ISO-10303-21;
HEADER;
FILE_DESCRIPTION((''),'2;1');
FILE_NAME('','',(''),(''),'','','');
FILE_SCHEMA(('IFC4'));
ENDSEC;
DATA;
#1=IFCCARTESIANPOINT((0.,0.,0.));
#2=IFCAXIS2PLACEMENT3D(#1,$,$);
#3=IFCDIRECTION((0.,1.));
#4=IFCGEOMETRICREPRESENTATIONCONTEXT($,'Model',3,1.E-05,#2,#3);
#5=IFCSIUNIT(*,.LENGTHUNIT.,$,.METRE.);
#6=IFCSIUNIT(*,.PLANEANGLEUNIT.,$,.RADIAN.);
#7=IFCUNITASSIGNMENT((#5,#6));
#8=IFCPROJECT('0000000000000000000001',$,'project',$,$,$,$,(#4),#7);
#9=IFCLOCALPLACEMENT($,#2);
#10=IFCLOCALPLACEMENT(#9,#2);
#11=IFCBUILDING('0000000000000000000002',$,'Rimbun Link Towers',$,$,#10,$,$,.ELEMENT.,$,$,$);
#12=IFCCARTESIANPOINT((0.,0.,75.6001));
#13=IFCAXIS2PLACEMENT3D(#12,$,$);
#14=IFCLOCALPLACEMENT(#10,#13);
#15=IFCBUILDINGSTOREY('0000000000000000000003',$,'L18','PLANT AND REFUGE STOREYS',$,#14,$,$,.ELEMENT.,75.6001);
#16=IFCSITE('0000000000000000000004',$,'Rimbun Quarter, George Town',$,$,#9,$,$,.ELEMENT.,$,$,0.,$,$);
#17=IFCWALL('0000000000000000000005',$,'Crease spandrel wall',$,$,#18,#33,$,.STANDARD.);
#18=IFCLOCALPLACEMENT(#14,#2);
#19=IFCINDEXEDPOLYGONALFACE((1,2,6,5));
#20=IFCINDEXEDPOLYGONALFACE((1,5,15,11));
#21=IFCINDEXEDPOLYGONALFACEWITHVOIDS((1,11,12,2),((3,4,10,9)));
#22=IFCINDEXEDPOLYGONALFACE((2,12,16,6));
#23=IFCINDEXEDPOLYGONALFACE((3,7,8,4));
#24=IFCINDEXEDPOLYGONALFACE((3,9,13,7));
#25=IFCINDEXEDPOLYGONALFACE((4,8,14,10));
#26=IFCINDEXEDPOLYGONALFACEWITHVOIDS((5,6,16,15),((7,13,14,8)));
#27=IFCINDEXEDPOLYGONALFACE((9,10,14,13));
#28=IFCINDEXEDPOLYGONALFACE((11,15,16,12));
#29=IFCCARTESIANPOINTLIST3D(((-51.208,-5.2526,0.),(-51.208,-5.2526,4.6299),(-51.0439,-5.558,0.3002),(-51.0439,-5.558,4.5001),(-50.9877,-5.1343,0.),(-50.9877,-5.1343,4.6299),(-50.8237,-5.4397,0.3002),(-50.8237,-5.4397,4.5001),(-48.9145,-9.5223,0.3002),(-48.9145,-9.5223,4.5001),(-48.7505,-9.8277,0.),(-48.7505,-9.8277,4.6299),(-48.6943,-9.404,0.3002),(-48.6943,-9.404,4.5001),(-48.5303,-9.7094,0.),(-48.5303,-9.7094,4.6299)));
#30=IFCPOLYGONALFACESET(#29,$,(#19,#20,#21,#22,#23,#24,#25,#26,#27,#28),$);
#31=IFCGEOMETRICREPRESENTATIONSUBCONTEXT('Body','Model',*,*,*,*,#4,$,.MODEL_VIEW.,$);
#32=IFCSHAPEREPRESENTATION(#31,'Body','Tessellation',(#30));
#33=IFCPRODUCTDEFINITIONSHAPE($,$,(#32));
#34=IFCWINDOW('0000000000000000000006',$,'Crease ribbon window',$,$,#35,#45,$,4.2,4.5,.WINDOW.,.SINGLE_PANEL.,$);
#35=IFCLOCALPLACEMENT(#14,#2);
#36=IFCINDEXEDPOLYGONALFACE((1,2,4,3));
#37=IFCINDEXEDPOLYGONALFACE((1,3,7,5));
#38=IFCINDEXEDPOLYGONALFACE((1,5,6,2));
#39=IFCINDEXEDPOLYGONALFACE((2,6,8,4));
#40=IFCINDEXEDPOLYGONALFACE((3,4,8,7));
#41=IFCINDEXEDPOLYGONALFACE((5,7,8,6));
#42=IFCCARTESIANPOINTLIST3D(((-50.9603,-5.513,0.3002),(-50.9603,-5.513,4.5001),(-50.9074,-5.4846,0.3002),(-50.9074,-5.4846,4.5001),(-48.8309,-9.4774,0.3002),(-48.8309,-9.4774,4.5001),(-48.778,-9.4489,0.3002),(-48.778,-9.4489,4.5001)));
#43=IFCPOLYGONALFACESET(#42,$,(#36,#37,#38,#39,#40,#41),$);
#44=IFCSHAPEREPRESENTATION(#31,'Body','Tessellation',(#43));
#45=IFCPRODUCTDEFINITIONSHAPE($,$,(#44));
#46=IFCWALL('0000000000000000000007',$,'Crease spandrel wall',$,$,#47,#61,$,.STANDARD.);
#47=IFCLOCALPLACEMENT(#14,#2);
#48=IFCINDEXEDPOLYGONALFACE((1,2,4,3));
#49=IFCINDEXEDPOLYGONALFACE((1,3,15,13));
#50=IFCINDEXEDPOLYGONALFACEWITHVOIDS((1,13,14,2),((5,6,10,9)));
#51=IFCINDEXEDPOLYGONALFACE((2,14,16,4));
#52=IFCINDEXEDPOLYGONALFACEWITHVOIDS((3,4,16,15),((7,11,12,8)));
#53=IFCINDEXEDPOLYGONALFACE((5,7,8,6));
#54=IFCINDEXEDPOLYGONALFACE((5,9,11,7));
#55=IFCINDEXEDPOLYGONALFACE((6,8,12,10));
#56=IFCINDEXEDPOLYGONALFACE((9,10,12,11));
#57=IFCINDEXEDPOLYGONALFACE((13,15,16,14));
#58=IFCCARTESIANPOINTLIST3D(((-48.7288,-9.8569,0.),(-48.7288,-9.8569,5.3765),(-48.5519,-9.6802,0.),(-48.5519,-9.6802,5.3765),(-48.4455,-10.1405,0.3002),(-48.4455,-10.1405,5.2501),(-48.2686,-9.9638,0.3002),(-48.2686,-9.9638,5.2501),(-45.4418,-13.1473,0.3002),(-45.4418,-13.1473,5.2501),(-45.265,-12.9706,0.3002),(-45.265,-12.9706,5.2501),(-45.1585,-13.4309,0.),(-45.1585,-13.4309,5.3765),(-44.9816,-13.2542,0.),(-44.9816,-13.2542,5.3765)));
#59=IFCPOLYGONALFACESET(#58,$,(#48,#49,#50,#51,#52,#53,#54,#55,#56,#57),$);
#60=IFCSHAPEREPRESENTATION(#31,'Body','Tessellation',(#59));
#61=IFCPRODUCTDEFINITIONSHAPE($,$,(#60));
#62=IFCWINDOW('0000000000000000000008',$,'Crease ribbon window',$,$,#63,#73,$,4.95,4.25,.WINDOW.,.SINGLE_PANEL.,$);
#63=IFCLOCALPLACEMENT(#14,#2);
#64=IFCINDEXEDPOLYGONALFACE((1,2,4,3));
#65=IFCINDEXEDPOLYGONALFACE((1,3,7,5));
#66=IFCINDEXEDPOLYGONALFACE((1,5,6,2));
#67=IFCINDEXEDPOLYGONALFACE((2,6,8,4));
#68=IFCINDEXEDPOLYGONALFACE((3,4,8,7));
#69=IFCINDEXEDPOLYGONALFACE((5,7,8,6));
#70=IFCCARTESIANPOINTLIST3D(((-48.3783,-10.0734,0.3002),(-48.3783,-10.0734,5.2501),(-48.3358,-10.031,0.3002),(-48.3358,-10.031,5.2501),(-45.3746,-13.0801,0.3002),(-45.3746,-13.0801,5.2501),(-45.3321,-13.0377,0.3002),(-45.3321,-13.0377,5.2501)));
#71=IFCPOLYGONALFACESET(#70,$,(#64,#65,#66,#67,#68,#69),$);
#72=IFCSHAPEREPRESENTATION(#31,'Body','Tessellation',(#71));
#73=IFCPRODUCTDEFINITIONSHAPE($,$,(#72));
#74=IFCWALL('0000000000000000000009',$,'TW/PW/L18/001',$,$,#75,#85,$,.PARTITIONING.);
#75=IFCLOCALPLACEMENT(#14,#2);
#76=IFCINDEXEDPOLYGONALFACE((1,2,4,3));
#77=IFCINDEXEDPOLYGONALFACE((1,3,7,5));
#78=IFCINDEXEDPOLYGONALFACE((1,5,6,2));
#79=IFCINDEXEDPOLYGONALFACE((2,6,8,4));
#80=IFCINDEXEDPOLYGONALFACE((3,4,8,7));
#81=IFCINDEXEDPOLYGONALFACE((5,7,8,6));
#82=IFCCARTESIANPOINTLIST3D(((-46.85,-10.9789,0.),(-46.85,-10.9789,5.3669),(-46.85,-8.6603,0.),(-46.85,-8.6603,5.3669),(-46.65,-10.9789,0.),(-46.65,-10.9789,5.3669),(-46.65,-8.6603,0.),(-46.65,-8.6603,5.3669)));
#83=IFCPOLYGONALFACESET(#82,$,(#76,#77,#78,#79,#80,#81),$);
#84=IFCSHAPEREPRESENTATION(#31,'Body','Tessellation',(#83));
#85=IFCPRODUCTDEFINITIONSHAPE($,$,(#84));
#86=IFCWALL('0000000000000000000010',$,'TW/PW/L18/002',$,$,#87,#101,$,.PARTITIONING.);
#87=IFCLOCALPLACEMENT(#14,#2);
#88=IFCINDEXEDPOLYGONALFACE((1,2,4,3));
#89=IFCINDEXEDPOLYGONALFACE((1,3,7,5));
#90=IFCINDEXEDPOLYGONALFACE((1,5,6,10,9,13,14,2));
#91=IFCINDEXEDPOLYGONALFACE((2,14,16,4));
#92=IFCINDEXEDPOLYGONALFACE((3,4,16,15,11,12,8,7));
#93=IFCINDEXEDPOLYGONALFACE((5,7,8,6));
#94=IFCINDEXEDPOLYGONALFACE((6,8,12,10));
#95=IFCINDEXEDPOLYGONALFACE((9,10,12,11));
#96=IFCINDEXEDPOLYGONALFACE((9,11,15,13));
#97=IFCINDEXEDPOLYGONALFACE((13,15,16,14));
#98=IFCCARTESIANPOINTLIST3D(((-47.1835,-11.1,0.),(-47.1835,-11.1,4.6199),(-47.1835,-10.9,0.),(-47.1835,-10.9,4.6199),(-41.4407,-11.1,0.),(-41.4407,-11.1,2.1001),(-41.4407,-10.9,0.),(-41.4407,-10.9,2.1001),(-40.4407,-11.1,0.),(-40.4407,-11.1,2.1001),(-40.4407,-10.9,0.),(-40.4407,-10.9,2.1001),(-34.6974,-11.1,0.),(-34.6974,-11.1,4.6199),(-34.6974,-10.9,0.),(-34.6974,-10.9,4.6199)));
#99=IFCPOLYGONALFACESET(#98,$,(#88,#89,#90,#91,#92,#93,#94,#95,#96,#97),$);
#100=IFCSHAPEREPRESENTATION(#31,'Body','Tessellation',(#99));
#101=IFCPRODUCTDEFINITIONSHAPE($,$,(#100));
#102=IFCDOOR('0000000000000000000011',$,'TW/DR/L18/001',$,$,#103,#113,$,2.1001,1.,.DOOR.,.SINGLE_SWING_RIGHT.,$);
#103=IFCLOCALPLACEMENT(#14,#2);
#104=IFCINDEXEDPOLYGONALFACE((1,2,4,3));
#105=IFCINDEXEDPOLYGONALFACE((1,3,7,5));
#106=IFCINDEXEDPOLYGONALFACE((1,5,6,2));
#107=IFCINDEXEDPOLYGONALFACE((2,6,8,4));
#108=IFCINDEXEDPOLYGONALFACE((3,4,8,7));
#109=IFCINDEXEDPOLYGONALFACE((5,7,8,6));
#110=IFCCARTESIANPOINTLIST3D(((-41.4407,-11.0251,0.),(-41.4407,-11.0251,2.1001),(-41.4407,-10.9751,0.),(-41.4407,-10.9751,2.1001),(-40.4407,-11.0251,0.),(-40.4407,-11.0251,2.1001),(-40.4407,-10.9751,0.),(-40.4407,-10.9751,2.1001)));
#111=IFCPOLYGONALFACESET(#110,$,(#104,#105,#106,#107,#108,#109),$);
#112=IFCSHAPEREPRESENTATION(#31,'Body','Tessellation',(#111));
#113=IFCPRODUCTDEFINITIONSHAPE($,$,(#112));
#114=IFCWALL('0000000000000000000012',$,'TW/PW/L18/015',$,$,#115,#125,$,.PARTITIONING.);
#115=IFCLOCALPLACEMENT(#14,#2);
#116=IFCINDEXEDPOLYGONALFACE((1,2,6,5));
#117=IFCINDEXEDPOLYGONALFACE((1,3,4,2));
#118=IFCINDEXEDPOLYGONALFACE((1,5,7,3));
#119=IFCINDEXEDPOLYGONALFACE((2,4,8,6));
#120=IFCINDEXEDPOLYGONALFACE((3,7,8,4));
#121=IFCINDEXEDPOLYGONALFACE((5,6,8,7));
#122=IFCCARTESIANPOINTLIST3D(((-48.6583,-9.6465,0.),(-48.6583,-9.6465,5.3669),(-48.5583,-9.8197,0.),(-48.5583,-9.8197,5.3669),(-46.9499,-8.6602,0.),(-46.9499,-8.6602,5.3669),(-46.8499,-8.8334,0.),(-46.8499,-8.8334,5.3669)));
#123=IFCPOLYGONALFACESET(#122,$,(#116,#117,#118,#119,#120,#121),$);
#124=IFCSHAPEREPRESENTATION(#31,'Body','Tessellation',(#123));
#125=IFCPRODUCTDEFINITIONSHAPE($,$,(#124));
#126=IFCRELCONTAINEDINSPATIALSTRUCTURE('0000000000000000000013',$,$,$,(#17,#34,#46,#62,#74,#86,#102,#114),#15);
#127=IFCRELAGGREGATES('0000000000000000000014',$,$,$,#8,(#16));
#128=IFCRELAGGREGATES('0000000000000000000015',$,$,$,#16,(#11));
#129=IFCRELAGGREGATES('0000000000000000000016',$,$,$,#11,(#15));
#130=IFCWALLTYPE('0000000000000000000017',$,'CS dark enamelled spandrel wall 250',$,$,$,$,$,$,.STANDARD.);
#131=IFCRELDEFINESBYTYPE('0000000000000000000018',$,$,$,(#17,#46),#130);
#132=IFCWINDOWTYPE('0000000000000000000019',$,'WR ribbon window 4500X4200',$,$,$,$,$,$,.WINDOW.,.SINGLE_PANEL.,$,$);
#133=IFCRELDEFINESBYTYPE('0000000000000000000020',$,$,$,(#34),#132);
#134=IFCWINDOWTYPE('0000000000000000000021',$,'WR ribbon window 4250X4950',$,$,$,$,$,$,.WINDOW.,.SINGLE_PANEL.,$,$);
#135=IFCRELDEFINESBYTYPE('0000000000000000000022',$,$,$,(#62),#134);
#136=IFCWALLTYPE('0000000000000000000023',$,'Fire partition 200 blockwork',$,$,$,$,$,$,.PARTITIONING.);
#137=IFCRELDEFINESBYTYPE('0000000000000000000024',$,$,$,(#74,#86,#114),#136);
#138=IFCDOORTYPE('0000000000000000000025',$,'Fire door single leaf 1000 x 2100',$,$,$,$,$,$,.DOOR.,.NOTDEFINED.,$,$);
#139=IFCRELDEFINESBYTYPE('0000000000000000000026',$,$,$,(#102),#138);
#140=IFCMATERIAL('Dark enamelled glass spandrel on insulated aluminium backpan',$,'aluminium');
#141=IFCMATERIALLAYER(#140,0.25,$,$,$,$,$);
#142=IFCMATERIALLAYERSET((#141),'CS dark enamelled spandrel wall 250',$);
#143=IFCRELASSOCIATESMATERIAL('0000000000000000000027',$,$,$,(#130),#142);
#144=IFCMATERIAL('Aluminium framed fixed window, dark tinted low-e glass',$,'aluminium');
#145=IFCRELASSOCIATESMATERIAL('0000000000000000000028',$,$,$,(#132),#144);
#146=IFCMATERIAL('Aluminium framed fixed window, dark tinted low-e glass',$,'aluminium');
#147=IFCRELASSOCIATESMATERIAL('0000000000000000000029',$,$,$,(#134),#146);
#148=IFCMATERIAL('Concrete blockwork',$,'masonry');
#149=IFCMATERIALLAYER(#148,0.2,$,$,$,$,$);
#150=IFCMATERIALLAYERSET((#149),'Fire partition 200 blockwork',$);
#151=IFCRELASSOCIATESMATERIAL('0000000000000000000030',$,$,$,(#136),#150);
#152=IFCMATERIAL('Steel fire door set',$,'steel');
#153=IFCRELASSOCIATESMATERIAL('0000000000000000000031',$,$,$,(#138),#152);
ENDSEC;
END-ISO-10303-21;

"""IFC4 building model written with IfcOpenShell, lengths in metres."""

from ifc_helpers import new_model, si_unit, direction, frame, frame_2d, origin, place, context, subcontext, project, spatial, rectangle, extrude, material, layer, layer_set, type_object, element, fill, save


model = new_model("IFC4")

# Units and contexts
model_context = context("Model", 3, precision=1e-05, world=origin(), true_north=direction((0.0, 1.0)))
body_context = subcontext(model_context, "Body", "Model", "MODEL_VIEW")
ifc_project = project(units=[si_unit("LENGTHUNIT", "METRE"), si_unit("PLANEANGLEUNIT", "RADIAN")], contexts=[model_context])

# Site, building, storey
site_placement = place(None, origin())
site = spatial("IfcSite", under=ifc_project, at=site_placement, Name="Rimbun Quarter, George Town", CompositionType="ELEMENT", RefElevation=0.0)
building_placement = place(site_placement, origin())
building = spatial("IfcBuilding", under=site, at=building_placement, Name="Rimbun Link Towers", CompositionType="ELEMENT")
storey_placement = place(building_placement, frame((0.0, 0.0, 75.6001)))
storey = spatial("IfcBuildingStorey", under=building, at=storey_placement, Name="L18", Description="PLANT AND REFUGE STOREYS", CompositionType="ELEMENT", Elevation=75.6001)

# Walls, openings, windows
ifc_material_1 = material(Name="Dark enamelled glass spandrel on insulated aluminium backpan", Category="aluminium")
ifc_layer_1 = layer(ifc_material_1, 0.25)
ifc_layer_set_1 = layer_set([ifc_layer_1], Name="CS dark enamelled spandrel wall 250")
wall_type_1 = type_object("IfcWallType", Name="CS dark enamelled spandrel wall 250", PredefinedType="STANDARD", material=ifc_layer_set_1)
wall_1_placement = place(storey_placement, frame((-48.6404, -9.7686, 0.0), z_axis=(0.0, 0.0, 1.0), x_axis=(-0.473197, 0.880957, 0.0)))
wall_1 = element("IfcWall", 1, at=wall_1_placement, inside=storey, type_object=wall_type_1, Name="Crease spandrel wall", PredefinedType="STANDARD", context=body_context, shape_type="SweptSolid", body=[
    extrude(rectangle(XDim=5.1934, YDim=0.25, at=frame_2d((2.5967, 0.0))), origin(), (0.0, 0.0, 1.0), 4.6299),
])
opening_1_placement = place(wall_1_placement, frame((0.3467, 0.0, 0.3)))
opening_1 = element("IfcOpeningElement", 2, at=opening_1_placement, cuts=wall_1, PredefinedType="OPENING", context=body_context, shape_type="SweptSolid", body=[
    extrude(rectangle(XDim=4.5, YDim=4.2, at=frame_2d((2.25, 2.1001))), frame((0.0, 0.135, 0.0), z_axis=(0.0, -1.0, 0.0), x_axis=(1.0, 0.0, 0.0)), (0.0, 0.0, 1.0), 0.27),
])
ifc_material_2 = material(Name="Aluminium framed fixed window, dark tinted low-e glass", Category="aluminium")
window_type_1 = type_object("IfcWindowType", Name="WR ribbon window 4500X4200", PartitioningType="SINGLE_PANEL", PredefinedType="WINDOW", material=ifc_material_2)
window_1_placement = place(opening_1_placement, origin())
window_1 = element("IfcWindow", 3, at=window_1_placement, inside=storey, type_object=window_type_1, Name="Crease ribbon window", OverallHeight=4.2, OverallWidth=4.5, PartitioningType="SINGLE_PANEL", PredefinedType="WINDOW", context=body_context, shape_type="SweptSolid", body=[
    extrude(rectangle(XDim=4.5, YDim=4.2, at=frame_2d((2.25, 2.1001))), frame((0.0, 0.03, 0.0), z_axis=(0.0, -1.0, 0.0), x_axis=(1.0, 0.0, 0.0)), (0.0, 0.0, 1.0), 0.0601),
])
fill(opening_1, window_1)
wall_2_placement = place(storey_placement, frame((-45.0701, -13.3425, 0.0), z_axis=(0.0, 0.0, 1.0), x_axis=(-0.706744, 0.707469, 0.0)))
wall_2 = element("IfcWall", 4, at=wall_2_placement, inside=storey, type_object=wall_type_1, Name="Crease spandrel wall", PredefinedType="STANDARD", context=body_context, shape_type="SweptSolid", body=[
    extrude(rectangle(XDim=5.0518, YDim=0.25, at=frame_2d((2.5259, 0.0))), origin(), (0.0, 0.0, 1.0), 5.3765),
])
opening_2_placement = place(wall_2_placement, frame((0.4009, 0.0, 0.3)))
opening_2 = element("IfcOpeningElement", 5, at=opening_2_placement, cuts=wall_2, PredefinedType="OPENING", context=body_context, shape_type="SweptSolid", body=[
    extrude(rectangle(XDim=4.25, YDim=4.95, at=frame_2d((2.125, 2.4751))), frame((0.0, 0.135, 0.0), z_axis=(0.0, -1.0, 0.0), x_axis=(1.0, 0.0, 0.0)), (0.0, 0.0, 1.0), 0.27),
])
ifc_material_3 = material(Name="Aluminium framed fixed window, dark tinted low-e glass", Category="aluminium")
window_type_2 = type_object("IfcWindowType", Name="WR ribbon window 4250X4950", PartitioningType="SINGLE_PANEL", PredefinedType="WINDOW", material=ifc_material_3)
window_2_placement = place(opening_2_placement, origin())
window_2 = element("IfcWindow", 6, at=window_2_placement, inside=storey, type_object=window_type_2, Name="Crease ribbon window", OverallHeight=4.95, OverallWidth=4.25, PartitioningType="SINGLE_PANEL", PredefinedType="WINDOW", context=body_context, shape_type="SweptSolid", body=[
    extrude(rectangle(XDim=4.25, YDim=4.95, at=frame_2d((2.125, 2.4751))), frame((0.0, 0.03, 0.0), z_axis=(0.0, -1.0, 0.0), x_axis=(1.0, 0.0, 0.0)), (0.0, 0.0, 1.0), 0.0601),
])
fill(opening_2, window_2)

# Wall
ifc_material_4 = material(Name="Concrete blockwork", Category="masonry")
ifc_layer_2 = layer(ifc_material_4, 0.2)
ifc_layer_set_2 = layer_set([ifc_layer_2], Name="Fire partition 200 blockwork")
wall_type_2 = type_object("IfcWallType", Name="Fire partition 200 blockwork", PredefinedType="PARTITIONING", material=ifc_layer_set_2)
wall_3_placement = place(storey_placement, frame((-46.75, -8.6604, 0.0), z_axis=(0.0, 0.0, 1.0), x_axis=(0.0, -1.0, 0.0)))
element("IfcWall", 7, at=wall_3_placement, inside=storey, type_object=wall_type_2, Name="TW/PW/L18/001", PredefinedType="PARTITIONING", context=body_context, shape_type="SweptSolid", body=[
    extrude(rectangle(XDim=2.3186, YDim=0.2, at=frame_2d((1.1592, 0.0))), origin(), (0.0, 0.0, 1.0), 5.3669),
])

# Wall, opening, door
wall_4_placement = place(storey_placement, frame((-47.1836, -11.0, 0.0), z_axis=(0.0, 0.0, 1.0), x_axis=(1.0, 0.0, 0.0)))
wall_4 = element("IfcWall", 8, at=wall_4_placement, inside=storey, type_object=wall_type_2, Name="TW/PW/L18/002", PredefinedType="PARTITIONING", context=body_context, shape_type="SweptSolid", body=[
    extrude(rectangle(XDim=12.4861, YDim=0.2, at=frame_2d((6.2432, 0.0))), origin(), (0.0, 0.0, 1.0), 4.6199),
])
opening_3_placement = place(wall_4_placement, frame((5.7429, 0.0, 0.0)))
opening_3 = element("IfcOpeningElement", 9, at=opening_3_placement, cuts=wall_4, PredefinedType="OPENING", context=body_context, shape_type="SweptSolid", body=[
    extrude(rectangle(XDim=1.0, YDim=2.1001, at=frame_2d((0.5, 1.05))), frame((0.0, 0.1099, 0.0), z_axis=(0.0, -1.0, 0.0), x_axis=(1.0, 0.0, 0.0)), (0.0, 0.0, 1.0), 0.22),
])
ifc_material_5 = material(Name="Steel fire door set", Category="steel")
door_type = type_object("IfcDoorType", Name="Fire door single leaf 1000 x 2100", OperationType="NOTDEFINED", PredefinedType="DOOR", material=ifc_material_5)
door_placement = place(opening_3_placement, origin())
door = element("IfcDoor", 10, at=door_placement, inside=storey, type_object=door_type, Name="TW/DR/L18/001", OperationType="SINGLE_SWING_RIGHT", OverallHeight=2.1001, OverallWidth=1.0, PredefinedType="DOOR", context=body_context, shape_type="SweptSolid", body=[
    extrude(rectangle(XDim=1.0, YDim=2.1001, at=frame_2d((0.5, 1.05))), frame((0.0, 0.0249, 0.0), z_axis=(0.0, -1.0, 0.0), x_axis=(1.0, 0.0, 0.0)), (0.0, 0.0, 1.0), 0.05),
])
fill(opening_3, door)

# Wall
wall_5_placement = place(storey_placement, frame((-46.8999, -8.7468, 0.0), z_axis=(0.0, 0.0, 1.0), x_axis=(-0.866041, -0.499972, 0.0)))
element("IfcWall", 11, at=wall_5_placement, inside=storey, type_object=wall_type_2, Name="TW/PW/L18/015", PredefinedType="PARTITIONING", context=body_context, shape_type="SweptSolid", body=[
    extrude(rectangle(XDim=1.9727, YDim=0.2, at=frame_2d((0.9863, 0.0))), origin(), (0.0, 0.0, 1.0), 5.3669),
])

save(model, "model.ifc")
